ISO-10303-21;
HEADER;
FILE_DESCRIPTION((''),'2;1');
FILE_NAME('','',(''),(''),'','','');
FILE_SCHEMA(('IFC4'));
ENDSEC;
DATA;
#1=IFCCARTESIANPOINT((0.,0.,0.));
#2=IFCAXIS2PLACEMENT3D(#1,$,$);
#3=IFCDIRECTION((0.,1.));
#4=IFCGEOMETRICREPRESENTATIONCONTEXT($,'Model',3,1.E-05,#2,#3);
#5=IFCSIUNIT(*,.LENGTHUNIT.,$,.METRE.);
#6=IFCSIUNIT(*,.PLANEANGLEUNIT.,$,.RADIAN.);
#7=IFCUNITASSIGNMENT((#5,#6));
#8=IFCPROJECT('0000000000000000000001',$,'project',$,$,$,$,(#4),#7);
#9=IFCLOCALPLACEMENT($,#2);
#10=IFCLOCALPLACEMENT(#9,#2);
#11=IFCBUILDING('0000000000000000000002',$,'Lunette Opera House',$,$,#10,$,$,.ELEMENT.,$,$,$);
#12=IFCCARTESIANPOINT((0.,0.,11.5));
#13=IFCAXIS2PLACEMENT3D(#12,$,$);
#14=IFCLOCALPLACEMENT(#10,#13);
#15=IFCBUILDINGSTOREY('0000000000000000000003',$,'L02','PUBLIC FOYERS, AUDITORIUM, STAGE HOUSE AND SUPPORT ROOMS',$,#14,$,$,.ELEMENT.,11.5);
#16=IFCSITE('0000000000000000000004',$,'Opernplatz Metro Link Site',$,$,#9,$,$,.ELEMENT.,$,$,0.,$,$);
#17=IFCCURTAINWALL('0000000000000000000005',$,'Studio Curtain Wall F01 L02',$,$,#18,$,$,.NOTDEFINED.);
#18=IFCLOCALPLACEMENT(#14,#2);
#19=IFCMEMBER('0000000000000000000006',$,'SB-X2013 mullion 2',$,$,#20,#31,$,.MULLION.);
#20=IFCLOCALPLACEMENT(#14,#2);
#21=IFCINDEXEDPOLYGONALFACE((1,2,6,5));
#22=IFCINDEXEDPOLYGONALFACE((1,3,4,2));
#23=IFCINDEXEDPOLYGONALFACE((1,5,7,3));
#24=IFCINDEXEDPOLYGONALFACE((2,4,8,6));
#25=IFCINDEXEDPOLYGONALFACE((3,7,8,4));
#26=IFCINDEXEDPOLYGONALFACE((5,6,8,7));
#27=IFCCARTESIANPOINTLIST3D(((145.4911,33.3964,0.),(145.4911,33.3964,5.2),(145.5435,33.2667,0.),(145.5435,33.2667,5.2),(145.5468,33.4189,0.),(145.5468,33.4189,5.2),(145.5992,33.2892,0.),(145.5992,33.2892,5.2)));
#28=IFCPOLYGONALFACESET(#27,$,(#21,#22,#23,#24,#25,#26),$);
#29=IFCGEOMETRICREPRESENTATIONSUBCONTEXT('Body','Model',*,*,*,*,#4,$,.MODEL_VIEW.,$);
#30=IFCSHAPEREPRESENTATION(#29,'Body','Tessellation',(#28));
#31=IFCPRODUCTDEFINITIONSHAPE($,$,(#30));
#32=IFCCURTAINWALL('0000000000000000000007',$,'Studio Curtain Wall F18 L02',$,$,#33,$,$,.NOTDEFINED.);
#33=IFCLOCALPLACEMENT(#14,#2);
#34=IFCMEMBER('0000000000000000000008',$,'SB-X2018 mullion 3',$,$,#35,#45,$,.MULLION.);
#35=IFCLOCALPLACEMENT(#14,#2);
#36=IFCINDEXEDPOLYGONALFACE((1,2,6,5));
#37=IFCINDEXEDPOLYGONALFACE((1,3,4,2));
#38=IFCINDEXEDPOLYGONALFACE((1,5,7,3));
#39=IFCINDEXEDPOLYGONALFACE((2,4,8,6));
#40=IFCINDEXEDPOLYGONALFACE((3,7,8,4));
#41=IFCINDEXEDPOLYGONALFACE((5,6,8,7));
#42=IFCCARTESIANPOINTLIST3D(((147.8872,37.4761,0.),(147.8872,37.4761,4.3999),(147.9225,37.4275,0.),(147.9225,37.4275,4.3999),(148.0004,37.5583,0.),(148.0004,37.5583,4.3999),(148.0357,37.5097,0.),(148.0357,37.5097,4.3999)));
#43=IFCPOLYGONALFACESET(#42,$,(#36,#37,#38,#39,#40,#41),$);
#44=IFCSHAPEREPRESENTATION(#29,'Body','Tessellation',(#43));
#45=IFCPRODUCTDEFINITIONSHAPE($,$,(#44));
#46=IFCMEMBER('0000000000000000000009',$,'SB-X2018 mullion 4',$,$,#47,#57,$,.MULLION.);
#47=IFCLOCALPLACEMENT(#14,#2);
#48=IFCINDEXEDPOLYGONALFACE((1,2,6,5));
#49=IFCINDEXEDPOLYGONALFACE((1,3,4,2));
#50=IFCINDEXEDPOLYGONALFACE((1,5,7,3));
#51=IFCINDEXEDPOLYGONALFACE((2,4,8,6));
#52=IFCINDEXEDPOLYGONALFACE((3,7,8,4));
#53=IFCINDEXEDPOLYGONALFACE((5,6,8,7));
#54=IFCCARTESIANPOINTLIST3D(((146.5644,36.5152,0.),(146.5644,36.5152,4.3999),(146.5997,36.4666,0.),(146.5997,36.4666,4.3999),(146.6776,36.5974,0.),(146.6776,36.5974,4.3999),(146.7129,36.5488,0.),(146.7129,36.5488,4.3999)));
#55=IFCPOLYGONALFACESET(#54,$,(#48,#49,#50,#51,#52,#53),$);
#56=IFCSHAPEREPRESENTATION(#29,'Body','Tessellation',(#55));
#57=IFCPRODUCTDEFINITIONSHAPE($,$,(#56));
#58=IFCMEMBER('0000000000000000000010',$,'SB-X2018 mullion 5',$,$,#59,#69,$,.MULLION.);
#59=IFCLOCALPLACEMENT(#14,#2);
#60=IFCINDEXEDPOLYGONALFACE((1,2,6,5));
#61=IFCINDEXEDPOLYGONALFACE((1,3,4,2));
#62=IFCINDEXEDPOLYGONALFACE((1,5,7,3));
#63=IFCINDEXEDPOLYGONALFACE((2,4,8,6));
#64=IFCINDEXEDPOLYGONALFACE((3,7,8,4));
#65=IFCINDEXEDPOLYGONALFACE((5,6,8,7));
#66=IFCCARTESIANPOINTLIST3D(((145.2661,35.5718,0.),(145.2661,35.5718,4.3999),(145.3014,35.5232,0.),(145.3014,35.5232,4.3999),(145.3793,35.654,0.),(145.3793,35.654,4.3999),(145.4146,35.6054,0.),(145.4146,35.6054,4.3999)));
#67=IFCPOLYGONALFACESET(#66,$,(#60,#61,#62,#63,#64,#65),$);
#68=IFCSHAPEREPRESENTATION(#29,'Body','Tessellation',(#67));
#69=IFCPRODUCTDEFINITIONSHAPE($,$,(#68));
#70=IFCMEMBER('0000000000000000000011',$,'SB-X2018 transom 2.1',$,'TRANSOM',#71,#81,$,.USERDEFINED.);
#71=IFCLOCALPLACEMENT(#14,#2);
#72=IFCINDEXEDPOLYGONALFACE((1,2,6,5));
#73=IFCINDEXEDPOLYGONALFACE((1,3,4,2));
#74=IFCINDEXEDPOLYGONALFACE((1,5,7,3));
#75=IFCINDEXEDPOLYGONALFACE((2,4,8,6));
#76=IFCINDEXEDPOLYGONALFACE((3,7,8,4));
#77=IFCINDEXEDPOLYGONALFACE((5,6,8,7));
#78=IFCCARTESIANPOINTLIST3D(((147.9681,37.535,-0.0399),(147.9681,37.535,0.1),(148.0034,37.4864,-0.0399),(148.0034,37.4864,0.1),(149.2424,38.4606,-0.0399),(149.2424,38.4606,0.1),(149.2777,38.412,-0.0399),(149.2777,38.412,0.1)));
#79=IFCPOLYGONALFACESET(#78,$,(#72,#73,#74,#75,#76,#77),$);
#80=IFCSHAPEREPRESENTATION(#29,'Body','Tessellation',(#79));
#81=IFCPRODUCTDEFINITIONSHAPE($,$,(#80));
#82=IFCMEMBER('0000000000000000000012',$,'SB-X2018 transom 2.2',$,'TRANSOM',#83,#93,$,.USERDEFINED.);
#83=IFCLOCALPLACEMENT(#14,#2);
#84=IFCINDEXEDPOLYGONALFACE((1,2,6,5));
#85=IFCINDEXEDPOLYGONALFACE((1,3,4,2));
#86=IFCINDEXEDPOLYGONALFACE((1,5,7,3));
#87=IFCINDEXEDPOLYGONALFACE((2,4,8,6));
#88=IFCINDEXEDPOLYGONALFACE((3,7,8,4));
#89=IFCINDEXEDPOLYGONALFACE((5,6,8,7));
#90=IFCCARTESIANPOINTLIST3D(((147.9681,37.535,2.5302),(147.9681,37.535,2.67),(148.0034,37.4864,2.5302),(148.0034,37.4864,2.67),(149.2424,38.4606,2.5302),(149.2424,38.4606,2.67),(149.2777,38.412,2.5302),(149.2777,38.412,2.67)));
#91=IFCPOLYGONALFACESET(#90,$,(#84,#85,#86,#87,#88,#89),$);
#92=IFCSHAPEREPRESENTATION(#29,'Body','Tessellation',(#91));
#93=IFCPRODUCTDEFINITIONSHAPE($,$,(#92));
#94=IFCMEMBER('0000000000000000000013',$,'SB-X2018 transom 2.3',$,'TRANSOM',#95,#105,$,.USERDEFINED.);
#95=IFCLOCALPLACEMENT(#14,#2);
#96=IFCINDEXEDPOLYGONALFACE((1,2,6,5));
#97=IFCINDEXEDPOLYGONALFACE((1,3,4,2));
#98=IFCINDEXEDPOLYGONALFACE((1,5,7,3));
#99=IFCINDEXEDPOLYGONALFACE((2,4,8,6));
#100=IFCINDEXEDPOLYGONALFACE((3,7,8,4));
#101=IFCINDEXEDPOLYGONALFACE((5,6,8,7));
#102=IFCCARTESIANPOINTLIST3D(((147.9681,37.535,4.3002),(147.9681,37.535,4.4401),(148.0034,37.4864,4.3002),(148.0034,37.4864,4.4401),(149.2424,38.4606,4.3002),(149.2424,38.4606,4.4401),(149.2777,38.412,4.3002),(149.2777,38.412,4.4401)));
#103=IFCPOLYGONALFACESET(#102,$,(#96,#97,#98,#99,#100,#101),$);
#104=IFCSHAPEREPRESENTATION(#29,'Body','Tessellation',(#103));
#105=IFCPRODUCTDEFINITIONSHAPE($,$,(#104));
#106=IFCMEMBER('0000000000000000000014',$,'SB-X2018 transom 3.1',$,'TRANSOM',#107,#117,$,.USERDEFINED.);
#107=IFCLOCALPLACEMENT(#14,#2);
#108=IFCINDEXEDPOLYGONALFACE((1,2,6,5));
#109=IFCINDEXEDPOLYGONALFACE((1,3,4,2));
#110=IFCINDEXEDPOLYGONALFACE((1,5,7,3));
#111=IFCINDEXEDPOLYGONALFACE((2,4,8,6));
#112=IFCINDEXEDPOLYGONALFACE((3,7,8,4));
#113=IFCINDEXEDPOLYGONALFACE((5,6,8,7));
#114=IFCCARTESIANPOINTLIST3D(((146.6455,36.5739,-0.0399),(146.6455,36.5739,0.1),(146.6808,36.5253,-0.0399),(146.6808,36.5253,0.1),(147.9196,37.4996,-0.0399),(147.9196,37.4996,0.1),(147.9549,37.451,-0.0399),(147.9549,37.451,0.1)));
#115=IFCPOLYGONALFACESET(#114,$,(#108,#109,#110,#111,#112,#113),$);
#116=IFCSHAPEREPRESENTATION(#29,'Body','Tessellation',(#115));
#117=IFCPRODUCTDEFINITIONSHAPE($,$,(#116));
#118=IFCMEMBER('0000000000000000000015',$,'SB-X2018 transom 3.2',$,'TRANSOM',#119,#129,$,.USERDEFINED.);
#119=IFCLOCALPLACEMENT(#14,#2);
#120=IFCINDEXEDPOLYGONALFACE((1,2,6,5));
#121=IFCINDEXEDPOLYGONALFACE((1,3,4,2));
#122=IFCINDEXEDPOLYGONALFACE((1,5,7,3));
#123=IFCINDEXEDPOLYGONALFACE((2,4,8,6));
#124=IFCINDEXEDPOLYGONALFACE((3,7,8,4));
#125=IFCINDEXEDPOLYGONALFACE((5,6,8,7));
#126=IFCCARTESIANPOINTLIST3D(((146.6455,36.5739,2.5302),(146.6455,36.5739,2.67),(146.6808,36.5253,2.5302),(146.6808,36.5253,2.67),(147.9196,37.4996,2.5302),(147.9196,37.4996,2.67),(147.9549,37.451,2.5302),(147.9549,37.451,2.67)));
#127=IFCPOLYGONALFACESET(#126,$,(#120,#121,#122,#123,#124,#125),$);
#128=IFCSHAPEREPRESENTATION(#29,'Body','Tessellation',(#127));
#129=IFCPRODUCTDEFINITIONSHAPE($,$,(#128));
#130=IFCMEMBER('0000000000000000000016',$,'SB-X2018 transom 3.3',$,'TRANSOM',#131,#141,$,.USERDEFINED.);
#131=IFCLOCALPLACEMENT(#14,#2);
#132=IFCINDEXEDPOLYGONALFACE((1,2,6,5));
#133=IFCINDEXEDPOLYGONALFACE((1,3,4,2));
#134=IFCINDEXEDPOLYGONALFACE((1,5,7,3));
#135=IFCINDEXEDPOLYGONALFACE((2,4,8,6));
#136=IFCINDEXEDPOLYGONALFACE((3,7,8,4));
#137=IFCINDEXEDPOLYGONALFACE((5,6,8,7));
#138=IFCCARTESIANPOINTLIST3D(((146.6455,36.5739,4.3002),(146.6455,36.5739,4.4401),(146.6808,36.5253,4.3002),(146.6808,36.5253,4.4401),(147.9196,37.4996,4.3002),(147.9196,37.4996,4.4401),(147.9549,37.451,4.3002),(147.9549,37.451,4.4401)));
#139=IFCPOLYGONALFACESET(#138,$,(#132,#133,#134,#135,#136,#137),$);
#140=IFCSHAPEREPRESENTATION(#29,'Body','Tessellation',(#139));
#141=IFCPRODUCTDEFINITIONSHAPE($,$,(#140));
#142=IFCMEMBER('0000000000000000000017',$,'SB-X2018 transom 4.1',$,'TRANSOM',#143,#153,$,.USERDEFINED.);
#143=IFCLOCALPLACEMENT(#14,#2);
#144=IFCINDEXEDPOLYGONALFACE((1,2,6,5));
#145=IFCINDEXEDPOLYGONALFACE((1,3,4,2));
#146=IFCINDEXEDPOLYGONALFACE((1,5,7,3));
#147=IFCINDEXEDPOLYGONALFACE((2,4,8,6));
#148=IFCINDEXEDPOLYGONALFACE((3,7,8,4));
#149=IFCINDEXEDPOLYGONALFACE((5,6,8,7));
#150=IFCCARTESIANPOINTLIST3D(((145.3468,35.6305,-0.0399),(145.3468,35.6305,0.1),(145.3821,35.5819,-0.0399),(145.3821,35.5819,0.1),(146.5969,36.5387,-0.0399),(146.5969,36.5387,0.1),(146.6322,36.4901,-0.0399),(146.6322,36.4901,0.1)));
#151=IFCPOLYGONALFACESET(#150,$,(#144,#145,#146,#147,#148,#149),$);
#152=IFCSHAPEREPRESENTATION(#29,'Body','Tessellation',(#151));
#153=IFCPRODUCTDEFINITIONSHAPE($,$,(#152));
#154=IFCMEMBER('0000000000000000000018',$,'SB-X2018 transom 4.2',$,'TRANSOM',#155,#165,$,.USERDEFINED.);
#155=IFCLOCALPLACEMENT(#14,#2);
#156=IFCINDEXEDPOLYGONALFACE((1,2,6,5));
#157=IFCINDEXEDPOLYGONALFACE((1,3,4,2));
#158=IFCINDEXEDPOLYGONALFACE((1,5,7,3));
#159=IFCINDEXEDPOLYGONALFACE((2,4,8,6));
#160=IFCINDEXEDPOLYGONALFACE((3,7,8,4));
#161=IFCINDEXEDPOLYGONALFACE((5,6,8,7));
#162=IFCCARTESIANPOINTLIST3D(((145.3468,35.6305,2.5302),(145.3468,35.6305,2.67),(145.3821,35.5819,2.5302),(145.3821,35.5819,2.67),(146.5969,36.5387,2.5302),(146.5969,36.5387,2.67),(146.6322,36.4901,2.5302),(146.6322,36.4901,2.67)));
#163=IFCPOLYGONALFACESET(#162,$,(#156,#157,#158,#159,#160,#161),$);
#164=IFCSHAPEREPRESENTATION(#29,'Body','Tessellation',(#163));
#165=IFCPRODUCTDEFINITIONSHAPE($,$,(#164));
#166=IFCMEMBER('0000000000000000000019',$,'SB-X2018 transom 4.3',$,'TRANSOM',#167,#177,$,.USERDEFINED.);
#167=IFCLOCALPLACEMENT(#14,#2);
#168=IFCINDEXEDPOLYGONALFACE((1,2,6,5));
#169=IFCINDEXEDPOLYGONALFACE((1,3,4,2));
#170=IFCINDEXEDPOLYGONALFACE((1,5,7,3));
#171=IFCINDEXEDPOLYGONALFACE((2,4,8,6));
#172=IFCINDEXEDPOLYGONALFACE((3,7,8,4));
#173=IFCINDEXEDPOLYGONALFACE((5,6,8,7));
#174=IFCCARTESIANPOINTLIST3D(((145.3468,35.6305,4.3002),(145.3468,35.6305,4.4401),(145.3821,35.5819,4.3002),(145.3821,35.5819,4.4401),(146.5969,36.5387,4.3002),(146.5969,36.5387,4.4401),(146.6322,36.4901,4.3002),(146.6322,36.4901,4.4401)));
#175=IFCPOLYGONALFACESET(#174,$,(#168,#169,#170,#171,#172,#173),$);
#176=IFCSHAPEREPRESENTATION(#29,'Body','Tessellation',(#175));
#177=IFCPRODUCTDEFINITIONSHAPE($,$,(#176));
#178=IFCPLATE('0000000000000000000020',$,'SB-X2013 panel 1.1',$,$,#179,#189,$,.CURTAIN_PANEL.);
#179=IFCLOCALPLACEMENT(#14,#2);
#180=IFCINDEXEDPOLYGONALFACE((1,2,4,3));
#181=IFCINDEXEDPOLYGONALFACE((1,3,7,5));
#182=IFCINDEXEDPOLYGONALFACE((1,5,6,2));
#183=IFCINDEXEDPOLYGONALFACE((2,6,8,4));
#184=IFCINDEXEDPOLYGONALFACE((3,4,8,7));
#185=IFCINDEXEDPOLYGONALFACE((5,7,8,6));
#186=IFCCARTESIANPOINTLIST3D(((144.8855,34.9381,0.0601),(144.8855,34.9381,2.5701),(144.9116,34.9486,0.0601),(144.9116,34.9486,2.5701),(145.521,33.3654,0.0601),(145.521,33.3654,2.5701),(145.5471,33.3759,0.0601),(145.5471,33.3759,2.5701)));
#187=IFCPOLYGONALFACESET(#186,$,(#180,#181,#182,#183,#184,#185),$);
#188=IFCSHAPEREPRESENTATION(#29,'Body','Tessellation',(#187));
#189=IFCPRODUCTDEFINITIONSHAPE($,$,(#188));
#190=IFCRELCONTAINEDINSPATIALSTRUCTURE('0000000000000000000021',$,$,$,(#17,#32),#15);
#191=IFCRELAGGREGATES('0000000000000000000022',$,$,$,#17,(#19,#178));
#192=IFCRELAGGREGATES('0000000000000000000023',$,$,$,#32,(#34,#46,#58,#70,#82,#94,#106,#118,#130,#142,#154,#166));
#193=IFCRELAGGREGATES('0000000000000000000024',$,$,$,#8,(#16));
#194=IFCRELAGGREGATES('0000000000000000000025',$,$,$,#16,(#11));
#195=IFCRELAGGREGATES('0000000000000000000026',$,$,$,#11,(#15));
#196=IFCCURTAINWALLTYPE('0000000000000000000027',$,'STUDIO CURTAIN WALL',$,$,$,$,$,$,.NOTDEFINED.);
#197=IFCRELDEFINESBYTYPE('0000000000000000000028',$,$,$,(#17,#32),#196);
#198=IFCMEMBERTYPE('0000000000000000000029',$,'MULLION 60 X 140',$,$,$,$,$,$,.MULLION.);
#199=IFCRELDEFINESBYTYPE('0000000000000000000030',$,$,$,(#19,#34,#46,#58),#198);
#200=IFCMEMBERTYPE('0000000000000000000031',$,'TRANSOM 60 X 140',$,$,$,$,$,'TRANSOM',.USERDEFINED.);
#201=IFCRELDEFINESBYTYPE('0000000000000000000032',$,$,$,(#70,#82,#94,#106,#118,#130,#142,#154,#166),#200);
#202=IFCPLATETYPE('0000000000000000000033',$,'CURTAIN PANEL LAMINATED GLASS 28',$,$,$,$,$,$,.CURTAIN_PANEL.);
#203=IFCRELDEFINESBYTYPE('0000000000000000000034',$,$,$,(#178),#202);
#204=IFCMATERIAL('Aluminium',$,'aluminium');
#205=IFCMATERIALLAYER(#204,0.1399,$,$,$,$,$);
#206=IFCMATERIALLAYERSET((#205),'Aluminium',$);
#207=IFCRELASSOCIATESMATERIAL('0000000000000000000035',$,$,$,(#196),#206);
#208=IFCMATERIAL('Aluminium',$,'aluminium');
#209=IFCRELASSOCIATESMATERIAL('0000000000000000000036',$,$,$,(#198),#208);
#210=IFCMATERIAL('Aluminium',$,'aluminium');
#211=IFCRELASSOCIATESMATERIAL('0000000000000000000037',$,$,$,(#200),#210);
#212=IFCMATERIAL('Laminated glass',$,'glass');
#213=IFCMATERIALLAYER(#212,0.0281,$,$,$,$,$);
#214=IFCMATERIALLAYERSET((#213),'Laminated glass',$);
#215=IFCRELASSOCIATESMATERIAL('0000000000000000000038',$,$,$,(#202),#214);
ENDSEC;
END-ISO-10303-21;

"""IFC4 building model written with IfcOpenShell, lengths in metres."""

from ifc_helpers import new_model, si_unit, direction, frame, origin, origin_2d, place, context, subcontext, project, spatial, rectangle, extrude, material, layer, layer_set, material_profile, profile_set, type_object, element, aggregate, save


model = new_model("IFC4")

# Units and contexts
model_context = context("Model", 3, precision=1e-05, world=origin(), true_north=direction((0.0, 1.0)))
body_context = subcontext(model_context, "Body", "Model", "MODEL_VIEW")
ifc_project = project(units=[si_unit("LENGTHUNIT", "METRE"), si_unit("PLANEANGLEUNIT", "RADIAN")], contexts=[model_context])

# Site, building, storey
site_placement = place(None, origin())
site = spatial("IfcSite", under=ifc_project, at=site_placement, Name="Opernplatz Metro Link Site", CompositionType="ELEMENT", RefElevation=0.0)
building_placement = place(site_placement, origin())
building = spatial("IfcBuilding", under=site, at=building_placement, Name="Lunette Opera House", CompositionType="ELEMENT")
storey_placement = place(building_placement, frame((0.0, 0.0, 11.5)))
storey = spatial("IfcBuildingStorey", under=building, at=storey_placement, Name="L02", Description="PUBLIC FOYERS, AUDITORIUM, STAGE HOUSE AND SUPPORT ROOMS", CompositionType="ELEMENT", Elevation=11.5)

# Curtain wall, member
ifc_material_1 = material(Name="Aluminium", Category="aluminium")
ifc_layer_1 = layer(ifc_material_1, 0.1399)
ifc_layer_set_1 = layer_set([ifc_layer_1], Name="Aluminium")
curtain_wall_type = type_object("IfcCurtainWallType", Name="STUDIO CURTAIN WALL", PredefinedType="NOTDEFINED", material=ifc_layer_set_1)
curtain_wall_1_placement = place(storey_placement, origin())
curtain_wall_1 = element("IfcCurtainWall", 1, at=curtain_wall_1_placement, inside=storey, type_object=curtain_wall_type, Name="Studio Curtain Wall F01 L02", PredefinedType="NOTDEFINED")
ifc_material_2 = material(Name="Aluminium", Category="aluminium")
ifc_material_profile_1 = material_profile(ifc_material_2, rectangle(XDim=0.0601, YDim=0.1399, at=origin_2d()), Name="MULLION 60 X 140")
ifc_profile_set_1 = profile_set([ifc_material_profile_1], Name="Aluminium")
member_type_1 = type_object("IfcMemberType", Name="MULLION 60 X 140", PredefinedType="MULLION", material=ifc_profile_set_1)
member_1_placement = place(storey_placement, frame((145.5452, 33.3428, 0.0), z_axis=(0.0, 0.0, 1.0), x_axis=(0.927168, 0.374646, 0.0)))
member_1 = element("IfcMember", 2, at=member_1_placement, type_object=member_type_1, Name="SB-X2013 mullion 2", PredefinedType="MULLION", context=body_context, shape_type="SweptSolid", body=[
    extrude(rectangle(XDim=0.0601, YDim=0.1399, at=origin_2d()), origin(), (0.0, 0.0, 1.0), 5.2),
])

# Curtain wall, members
curtain_wall_2_placement = place(storey_placement, origin())
curtain_wall_2 = element("IfcCurtainWall", 3, at=curtain_wall_2_placement, inside=storey, type_object=curtain_wall_type, Name="Studio Curtain Wall F18 L02", PredefinedType="NOTDEFINED")
member_2_placement = place(storey_placement, frame((147.9614, 37.4929, 0.0), z_axis=(0.0, 0.0, 1.0), x_axis=(0.587772, -0.809027, 0.0)))
member_2 = element("IfcMember", 4, at=member_2_placement, type_object=member_type_1, Name="SB-X2018 mullion 3", PredefinedType="MULLION", context=body_context, shape_type="SweptSolid", body=[
    extrude(rectangle(XDim=0.0601, YDim=0.1399, at=origin_2d()), origin(), (0.0, 0.0, 1.0), 4.3999),
])
member_3_placement = place(storey_placement, frame((146.6387, 36.532, 0.0), z_axis=(0.0, 0.0, 1.0), x_axis=(0.587772, -0.809027, 0.0)))
member_3 = element("IfcMember", 5, at=member_3_placement, type_object=member_type_1, Name="SB-X2018 mullion 4", PredefinedType="MULLION", context=body_context, shape_type="SweptSolid", body=[
    extrude(rectangle(XDim=0.0601, YDim=0.1399, at=origin_2d()), origin(), (0.0, 0.0, 1.0), 4.3999),
])
member_4_placement = place(storey_placement, frame((145.3403, 35.5886, 0.0), z_axis=(0.0, 0.0, 1.0), x_axis=(0.587772, -0.809027, 0.0)))
member_4 = element("IfcMember", 6, at=member_4_placement, type_object=member_type_1, Name="SB-X2018 mullion 5", PredefinedType="MULLION", context=body_context, shape_type="SweptSolid", body=[
    extrude(rectangle(XDim=0.0601, YDim=0.1399, at=origin_2d()), origin(), (0.0, 0.0, 1.0), 4.3999),
])
ifc_material_3 = material(Name="Aluminium", Category="aluminium")
ifc_material_profile_2 = material_profile(ifc_material_3, rectangle(XDim=0.0601, YDim=0.1399, at=origin_2d()), Name="TRANSOM 60 X 140")
ifc_profile_set_2 = profile_set([ifc_material_profile_2], Name="Aluminium")
member_type_2 = type_object("IfcMemberType", Name="TRANSOM 60 X 140", ElementType="TRANSOM", PredefinedType="USERDEFINED", material=ifc_profile_set_2)
member_5_placement = place(storey_placement, frame((149.26, 38.4363, 0.03), z_axis=(-0.809078, -0.587701, 0.0), x_axis=(0.587701, -0.809078, 0.0)))
member_5 = element("IfcMember", 7, at=member_5_placement, type_object=member_type_2, Name="SB-X2018 transom 2.1", ObjectType="TRANSOM", PredefinedType="USERDEFINED", context=body_context, shape_type="SweptSolid", body=[
    extrude(rectangle(XDim=0.0601, YDim=0.1399, at=origin_2d()), origin(), (0.0, 0.0, 1.0), 1.575),
])
member_6_placement = place(storey_placement, frame((149.26, 38.4363, 2.6001), z_axis=(-0.809078, -0.587701, 0.0), x_axis=(0.587701, -0.809078, 0.0)))
member_6 = element("IfcMember", 8, at=member_6_placement, type_object=member_type_2, Name="SB-X2018 transom 2.2", ObjectType="TRANSOM", PredefinedType="USERDEFINED", context=body_context, shape_type="SweptSolid", body=[
    extrude(rectangle(XDim=0.0601, YDim=0.1399, at=origin_2d()), origin(), (0.0, 0.0, 1.0), 1.575),
])
member_7_placement = place(storey_placement, frame((149.26, 38.4363, 4.3701), z_axis=(-0.809078, -0.587701, 0.0), x_axis=(0.587701, -0.809078, 0.0)))
member_7 = element("IfcMember", 9, at=member_7_placement, type_object=member_type_2, Name="SB-X2018 transom 2.3", ObjectType="TRANSOM", PredefinedType="USERDEFINED", context=body_context, shape_type="SweptSolid", body=[
    extrude(rectangle(XDim=0.0601, YDim=0.1399, at=origin_2d()), origin(), (0.0, 0.0, 1.0), 1.575),
])
member_8_placement = place(storey_placement, frame((147.9373, 37.4753, 0.03), z_axis=(-0.809004, -0.587803, 0.0), x_axis=(0.587803, -0.809004, 0.0)))
member_8 = element("IfcMember", 10, at=member_8_placement, type_object=member_type_2, Name="SB-X2018 transom 3.1", ObjectType="TRANSOM", PredefinedType="USERDEFINED", context=body_context, shape_type="SweptSolid", body=[
    extrude(rectangle(XDim=0.0601, YDim=0.1399, at=origin_2d()), origin(), (0.0, 0.0, 1.0), 1.575),
])
member_9_placement = place(storey_placement, frame((147.9373, 37.4753, 2.6001), z_axis=(-0.809004, -0.587803, 0.0), x_axis=(0.587803, -0.809004, 0.0)))
member_9 = element("IfcMember", 11, at=member_9_placement, type_object=member_type_2, Name="SB-X2018 transom 3.2", ObjectType="TRANSOM", PredefinedType="USERDEFINED", context=body_context, shape_type="SweptSolid", body=[
    extrude(rectangle(XDim=0.0601, YDim=0.1399, at=origin_2d()), origin(), (0.0, 0.0, 1.0), 1.575),
])
member_10_placement = place(storey_placement, frame((147.9373, 37.4753, 4.3701), z_axis=(-0.809004, -0.587803, 0.0), x_axis=(0.587803, -0.809004, 0.0)))
member_10 = element("IfcMember", 12, at=member_10_placement, type_object=member_type_2, Name="SB-X2018 transom 3.3", ObjectType="TRANSOM", PredefinedType="USERDEFINED", context=body_context, shape_type="SweptSolid", body=[
    extrude(rectangle(XDim=0.0601, YDim=0.1399, at=origin_2d()), origin(), (0.0, 0.0, 1.0), 1.575),
])
member_11_placement = place(storey_placement, frame((146.6145, 36.5144, 0.03), z_axis=(-0.809009, -0.587796, 0.0), x_axis=(0.587796, -0.809009, 0.0)))
member_11 = element("IfcMember", 13, at=member_11_placement, type_object=member_type_2, Name="SB-X2018 transom 4.1", ObjectType="TRANSOM", PredefinedType="USERDEFINED", context=body_context, shape_type="SweptSolid", body=[
    extrude(rectangle(XDim=0.0601, YDim=0.1399, at=origin_2d()), origin(), (0.0, 0.0, 1.0), 1.5452),
])
member_12_placement = place(storey_placement, frame((146.6145, 36.5144, 2.6001), z_axis=(-0.809009, -0.587796, 0.0), x_axis=(0.587796, -0.809009, 0.0)))
member_12 = element("IfcMember", 14, at=member_12_placement, type_object=member_type_2, Name="SB-X2018 transom 4.2", ObjectType="TRANSOM", PredefinedType="USERDEFINED", context=body_context, shape_type="SweptSolid", body=[
    extrude(rectangle(XDim=0.0601, YDim=0.1399, at=origin_2d()), origin(), (0.0, 0.0, 1.0), 1.5452),
])
member_13_placement = place(storey_placement, frame((146.6145, 36.5144, 4.3701), z_axis=(-0.809009, -0.587796, 0.0), x_axis=(0.587796, -0.809009, 0.0)))
member_13 = element("IfcMember", 15, at=member_13_placement, type_object=member_type_2, Name="SB-X2018 transom 4.3", ObjectType="TRANSOM", PredefinedType="USERDEFINED", context=body_context, shape_type="SweptSolid", body=[
    extrude(rectangle(XDim=0.0601, YDim=0.1399, at=origin_2d()), origin(), (0.0, 0.0, 1.0), 1.5452),
])

# Plate
ifc_material_4 = material(Name="Laminated glass", Category="glass")
ifc_layer_2 = layer(ifc_material_4, 0.0281)
ifc_layer_set_2 = layer_set([ifc_layer_2], Name="Laminated glass")
plate_type = type_object("IfcPlateType", Name="CURTAIN PANEL LAMINATED GLASS 28", PredefinedType="CURTAIN_PANEL", material=ifc_layer_set_2)
plate_1_placement = place(storey_placement, frame((145.2163, 34.157, 0.0601), z_axis=(0.0, 0.0, 1.0), x_axis=(0.374646, -0.927168, 0.0)))
plate_1 = element("IfcPlate", 16, at=plate_1_placement, type_object=plate_type, Name="SB-X2013 panel 1.1", PredefinedType="CURTAIN_PANEL", context=body_context, shape_type="SweptSolid", body=[
    extrude(rectangle(XDim=1.6963, YDim=0.0281, at=origin_2d()), origin(), (0.0, 0.0, 1.0), 2.51),
])
aggregate(curtain_wall_1, [member_1, plate_1])
aggregate(curtain_wall_2, [member_2, member_3, member_4, member_5, member_6, member_7, member_8, member_9, member_10, member_11, member_12, member_13])

save(model, "model.ifc")
